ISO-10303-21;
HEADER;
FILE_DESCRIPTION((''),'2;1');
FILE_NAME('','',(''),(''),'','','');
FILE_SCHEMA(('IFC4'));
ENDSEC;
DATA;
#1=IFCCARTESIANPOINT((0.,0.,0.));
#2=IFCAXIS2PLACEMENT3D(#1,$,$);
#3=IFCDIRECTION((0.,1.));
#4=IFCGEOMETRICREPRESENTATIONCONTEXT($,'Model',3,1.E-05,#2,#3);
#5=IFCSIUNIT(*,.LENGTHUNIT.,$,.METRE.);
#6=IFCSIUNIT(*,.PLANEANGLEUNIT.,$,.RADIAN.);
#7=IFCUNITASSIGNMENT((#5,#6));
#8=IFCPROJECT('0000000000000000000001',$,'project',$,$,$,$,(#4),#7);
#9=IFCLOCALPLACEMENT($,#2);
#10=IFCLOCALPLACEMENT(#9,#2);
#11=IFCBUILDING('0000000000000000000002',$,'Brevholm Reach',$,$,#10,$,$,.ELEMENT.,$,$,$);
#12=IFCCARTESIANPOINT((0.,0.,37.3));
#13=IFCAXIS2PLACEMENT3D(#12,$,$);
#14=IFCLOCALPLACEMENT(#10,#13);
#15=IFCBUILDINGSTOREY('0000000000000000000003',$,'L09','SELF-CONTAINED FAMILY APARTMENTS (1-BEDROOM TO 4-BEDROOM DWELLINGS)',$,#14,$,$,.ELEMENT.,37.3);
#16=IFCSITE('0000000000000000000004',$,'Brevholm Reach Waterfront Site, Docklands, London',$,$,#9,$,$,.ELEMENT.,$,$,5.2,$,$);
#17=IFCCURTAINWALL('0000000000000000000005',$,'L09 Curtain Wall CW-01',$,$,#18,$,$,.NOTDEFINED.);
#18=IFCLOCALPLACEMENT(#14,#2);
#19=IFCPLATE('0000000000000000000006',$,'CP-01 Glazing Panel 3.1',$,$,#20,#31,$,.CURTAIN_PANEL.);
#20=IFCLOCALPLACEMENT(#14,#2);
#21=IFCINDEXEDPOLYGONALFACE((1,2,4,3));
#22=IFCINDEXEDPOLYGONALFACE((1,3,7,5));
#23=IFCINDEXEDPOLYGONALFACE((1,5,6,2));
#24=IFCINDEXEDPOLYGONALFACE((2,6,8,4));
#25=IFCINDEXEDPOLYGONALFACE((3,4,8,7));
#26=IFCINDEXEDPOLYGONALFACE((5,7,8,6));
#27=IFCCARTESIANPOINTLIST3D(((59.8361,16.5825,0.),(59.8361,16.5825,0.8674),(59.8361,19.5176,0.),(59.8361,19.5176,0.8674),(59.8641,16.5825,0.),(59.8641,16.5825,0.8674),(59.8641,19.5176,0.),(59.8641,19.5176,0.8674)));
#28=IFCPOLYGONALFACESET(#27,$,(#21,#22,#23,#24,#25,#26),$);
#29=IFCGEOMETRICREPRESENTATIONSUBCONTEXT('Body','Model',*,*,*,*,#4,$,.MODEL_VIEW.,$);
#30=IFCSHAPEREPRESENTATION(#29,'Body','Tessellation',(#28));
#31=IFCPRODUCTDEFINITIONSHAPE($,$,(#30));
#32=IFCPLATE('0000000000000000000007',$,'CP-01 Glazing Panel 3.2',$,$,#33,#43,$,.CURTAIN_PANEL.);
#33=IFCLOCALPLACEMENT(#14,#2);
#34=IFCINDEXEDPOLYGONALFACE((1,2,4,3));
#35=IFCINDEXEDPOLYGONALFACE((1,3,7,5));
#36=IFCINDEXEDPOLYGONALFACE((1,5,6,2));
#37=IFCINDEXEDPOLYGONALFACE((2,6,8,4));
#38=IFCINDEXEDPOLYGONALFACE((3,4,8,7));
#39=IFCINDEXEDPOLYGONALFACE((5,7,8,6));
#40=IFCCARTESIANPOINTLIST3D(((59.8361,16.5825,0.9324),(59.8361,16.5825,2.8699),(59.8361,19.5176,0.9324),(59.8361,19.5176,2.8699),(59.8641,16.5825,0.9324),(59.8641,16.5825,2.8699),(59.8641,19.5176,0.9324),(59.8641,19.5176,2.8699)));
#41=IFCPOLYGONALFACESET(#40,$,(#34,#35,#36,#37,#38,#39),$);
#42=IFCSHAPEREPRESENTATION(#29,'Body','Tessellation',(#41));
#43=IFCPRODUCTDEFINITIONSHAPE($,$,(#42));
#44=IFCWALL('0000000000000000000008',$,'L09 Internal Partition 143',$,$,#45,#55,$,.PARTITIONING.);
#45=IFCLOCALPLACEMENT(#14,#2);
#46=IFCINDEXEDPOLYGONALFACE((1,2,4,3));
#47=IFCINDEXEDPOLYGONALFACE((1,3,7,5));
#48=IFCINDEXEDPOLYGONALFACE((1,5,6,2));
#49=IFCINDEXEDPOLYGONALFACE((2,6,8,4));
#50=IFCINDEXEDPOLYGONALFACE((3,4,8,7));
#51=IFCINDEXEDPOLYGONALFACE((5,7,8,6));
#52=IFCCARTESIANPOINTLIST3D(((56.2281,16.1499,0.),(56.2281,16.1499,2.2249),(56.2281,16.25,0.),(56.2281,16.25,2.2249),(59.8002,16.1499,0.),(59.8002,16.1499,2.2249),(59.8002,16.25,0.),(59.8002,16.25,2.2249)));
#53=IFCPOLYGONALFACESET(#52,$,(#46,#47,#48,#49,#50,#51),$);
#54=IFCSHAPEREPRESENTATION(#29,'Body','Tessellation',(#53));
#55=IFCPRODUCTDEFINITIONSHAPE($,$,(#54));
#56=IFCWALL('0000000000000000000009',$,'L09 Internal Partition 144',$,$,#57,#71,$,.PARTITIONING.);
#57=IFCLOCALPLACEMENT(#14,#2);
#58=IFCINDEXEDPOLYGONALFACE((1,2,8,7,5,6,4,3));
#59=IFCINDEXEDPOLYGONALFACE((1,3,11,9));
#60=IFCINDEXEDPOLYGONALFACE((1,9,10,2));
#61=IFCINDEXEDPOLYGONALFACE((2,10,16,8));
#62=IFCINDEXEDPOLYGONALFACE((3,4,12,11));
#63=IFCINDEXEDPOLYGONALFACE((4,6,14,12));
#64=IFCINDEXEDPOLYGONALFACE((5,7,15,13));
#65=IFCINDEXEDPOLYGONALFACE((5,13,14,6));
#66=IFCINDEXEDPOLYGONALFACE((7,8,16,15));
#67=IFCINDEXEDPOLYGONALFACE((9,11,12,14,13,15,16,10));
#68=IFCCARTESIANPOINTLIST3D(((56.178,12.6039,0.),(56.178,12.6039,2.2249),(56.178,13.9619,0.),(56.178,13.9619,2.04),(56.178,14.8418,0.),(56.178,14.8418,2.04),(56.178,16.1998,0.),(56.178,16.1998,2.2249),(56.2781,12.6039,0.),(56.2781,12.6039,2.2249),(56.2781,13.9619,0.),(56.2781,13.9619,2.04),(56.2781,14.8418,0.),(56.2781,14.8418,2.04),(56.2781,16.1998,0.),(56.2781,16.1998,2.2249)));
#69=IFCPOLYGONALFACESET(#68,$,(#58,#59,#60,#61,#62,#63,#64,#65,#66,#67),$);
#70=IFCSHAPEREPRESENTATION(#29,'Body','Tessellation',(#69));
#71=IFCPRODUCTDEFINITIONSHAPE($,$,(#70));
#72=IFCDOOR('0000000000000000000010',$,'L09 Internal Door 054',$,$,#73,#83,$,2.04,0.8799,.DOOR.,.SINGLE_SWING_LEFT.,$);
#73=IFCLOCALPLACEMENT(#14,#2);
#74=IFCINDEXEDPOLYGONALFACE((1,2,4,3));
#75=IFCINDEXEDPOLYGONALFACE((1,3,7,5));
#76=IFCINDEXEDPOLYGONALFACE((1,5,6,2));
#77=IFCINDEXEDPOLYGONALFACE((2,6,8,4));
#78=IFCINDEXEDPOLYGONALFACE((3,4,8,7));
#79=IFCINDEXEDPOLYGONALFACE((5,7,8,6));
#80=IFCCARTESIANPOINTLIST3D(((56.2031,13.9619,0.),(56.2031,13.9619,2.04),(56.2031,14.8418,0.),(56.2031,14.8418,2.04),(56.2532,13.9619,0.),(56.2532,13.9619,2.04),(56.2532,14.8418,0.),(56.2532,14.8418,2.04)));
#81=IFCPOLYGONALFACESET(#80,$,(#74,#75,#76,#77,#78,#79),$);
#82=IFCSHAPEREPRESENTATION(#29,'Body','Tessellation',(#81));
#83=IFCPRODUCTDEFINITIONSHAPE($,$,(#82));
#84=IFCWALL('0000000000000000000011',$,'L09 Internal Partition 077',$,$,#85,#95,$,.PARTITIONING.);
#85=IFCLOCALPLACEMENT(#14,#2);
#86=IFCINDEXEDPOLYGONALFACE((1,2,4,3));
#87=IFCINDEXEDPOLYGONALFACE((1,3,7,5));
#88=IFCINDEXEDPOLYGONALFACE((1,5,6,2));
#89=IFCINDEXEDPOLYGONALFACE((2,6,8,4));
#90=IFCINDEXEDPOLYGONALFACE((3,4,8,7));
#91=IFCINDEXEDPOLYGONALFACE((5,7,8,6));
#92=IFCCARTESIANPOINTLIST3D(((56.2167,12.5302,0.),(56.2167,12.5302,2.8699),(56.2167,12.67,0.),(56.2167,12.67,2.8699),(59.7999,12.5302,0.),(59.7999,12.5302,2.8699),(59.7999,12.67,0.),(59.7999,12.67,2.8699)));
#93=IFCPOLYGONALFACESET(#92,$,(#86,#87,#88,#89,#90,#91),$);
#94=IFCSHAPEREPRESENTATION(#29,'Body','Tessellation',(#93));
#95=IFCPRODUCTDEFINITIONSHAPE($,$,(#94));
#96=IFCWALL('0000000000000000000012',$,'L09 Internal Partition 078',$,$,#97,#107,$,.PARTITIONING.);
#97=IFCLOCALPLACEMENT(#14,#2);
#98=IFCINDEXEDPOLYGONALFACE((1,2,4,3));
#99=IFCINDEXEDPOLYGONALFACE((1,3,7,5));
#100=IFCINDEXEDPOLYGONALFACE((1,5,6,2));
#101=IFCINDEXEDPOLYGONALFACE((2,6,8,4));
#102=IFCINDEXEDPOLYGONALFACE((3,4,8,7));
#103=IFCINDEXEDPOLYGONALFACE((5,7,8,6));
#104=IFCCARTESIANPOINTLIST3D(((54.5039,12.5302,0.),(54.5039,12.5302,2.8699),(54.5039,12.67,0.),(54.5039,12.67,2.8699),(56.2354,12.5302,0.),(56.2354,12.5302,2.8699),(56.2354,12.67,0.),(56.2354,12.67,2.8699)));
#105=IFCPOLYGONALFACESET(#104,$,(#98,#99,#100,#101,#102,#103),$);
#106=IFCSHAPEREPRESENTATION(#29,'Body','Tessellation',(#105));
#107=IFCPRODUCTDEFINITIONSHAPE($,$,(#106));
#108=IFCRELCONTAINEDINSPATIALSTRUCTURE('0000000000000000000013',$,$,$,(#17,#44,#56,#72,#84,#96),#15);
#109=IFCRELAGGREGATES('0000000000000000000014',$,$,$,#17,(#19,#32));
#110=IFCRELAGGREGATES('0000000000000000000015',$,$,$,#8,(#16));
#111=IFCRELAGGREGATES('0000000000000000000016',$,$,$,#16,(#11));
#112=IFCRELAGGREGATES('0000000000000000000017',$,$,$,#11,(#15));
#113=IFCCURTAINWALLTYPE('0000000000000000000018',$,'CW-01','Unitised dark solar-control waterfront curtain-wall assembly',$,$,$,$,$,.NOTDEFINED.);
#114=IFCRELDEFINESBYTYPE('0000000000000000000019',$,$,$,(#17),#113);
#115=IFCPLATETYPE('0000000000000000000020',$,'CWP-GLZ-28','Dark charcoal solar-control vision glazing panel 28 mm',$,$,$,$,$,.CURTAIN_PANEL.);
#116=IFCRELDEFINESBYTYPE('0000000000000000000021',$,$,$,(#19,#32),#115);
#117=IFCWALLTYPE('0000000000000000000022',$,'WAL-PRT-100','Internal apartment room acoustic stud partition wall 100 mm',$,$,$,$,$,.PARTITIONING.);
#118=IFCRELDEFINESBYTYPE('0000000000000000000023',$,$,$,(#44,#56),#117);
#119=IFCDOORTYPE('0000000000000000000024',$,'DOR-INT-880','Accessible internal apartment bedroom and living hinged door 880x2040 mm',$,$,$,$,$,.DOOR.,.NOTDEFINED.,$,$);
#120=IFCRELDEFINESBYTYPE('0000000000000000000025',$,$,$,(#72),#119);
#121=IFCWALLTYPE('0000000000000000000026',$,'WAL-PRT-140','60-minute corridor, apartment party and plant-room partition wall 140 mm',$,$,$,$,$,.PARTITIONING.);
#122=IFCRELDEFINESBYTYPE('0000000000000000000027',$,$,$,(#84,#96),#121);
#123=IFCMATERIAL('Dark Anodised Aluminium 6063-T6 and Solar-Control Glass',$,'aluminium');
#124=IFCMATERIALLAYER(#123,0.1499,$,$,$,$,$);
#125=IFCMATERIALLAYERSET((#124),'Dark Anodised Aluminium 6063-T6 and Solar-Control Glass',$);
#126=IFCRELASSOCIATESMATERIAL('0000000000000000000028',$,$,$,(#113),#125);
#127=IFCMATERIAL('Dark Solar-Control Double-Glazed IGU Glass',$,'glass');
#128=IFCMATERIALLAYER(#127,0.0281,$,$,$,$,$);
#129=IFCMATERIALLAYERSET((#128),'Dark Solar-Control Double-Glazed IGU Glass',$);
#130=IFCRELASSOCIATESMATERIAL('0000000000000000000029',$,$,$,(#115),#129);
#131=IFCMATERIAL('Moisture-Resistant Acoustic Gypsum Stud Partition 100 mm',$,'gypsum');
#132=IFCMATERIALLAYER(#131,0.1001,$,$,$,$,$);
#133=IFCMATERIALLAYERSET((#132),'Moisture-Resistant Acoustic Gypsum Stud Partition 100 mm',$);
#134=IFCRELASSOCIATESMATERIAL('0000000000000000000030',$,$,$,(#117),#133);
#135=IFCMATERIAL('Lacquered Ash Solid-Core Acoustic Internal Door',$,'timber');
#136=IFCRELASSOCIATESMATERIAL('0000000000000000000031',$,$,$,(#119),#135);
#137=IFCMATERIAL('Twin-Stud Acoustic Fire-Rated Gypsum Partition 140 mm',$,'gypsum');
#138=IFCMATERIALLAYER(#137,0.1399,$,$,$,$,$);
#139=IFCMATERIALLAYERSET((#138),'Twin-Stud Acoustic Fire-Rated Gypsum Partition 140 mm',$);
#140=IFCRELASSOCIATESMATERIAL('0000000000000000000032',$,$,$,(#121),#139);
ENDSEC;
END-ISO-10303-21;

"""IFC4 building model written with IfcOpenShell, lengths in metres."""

from ifc_helpers import new_model, si_unit, direction, frame, frame_2d, origin, origin_2d, place, context, subcontext, project, spatial, rectangle, extrude, material, layer, layer_set, type_object, element, fill, aggregate, save


model = new_model("IFC4")

# Units and contexts
model_context = context("Model", 3, precision=1e-05, world=origin(), true_north=direction((0.0, 1.0)))
body_context = subcontext(model_context, "Body", "Model", "MODEL_VIEW")
ifc_project = project(units=[si_unit("LENGTHUNIT", "METRE"), si_unit("PLANEANGLEUNIT", "RADIAN")], contexts=[model_context])

# Site, building, storey
site_placement = place(None, origin())
site = spatial("IfcSite", under=ifc_project, at=site_placement, Name="Brevholm Reach Waterfront Site, Docklands, London", CompositionType="ELEMENT", RefElevation=5.2)
building_placement = place(site_placement, origin())
building = spatial("IfcBuilding", under=site, at=building_placement, Name="Brevholm Reach", CompositionType="ELEMENT")
storey_placement = place(building_placement, frame((0.0, 0.0, 37.3)))
storey = spatial("IfcBuildingStorey", under=building, at=storey_placement, Name="L09", Description="SELF-CONTAINED FAMILY APARTMENTS (1-BEDROOM TO 4-BEDROOM DWELLINGS)", CompositionType="ELEMENT", Elevation=37.3)

# Curtain wall, plates
ifc_material_1 = material(Name="Dark Anodised Aluminium 6063-T6 and Solar-Control Glass", Category="aluminium")
ifc_layer_1 = layer(ifc_material_1, 0.1499)
ifc_layer_set_1 = layer_set([ifc_layer_1], Name="Dark Anodised Aluminium 6063-T6 and Solar-Control Glass")
curtain_wall_type = type_object("IfcCurtainWallType", Name="CW-01", Description="Unitised dark solar-control waterfront curtain-wall assembly", PredefinedType="NOTDEFINED", material=ifc_layer_set_1)
curtain_wall_placement = place(storey_placement, origin())
curtain_wall = element("IfcCurtainWall", 1, at=curtain_wall_placement, inside=storey, type_object=curtain_wall_type, Name="L09 Curtain Wall CW-01", PredefinedType="NOTDEFINED")
ifc_material_2 = material(Name="Dark Solar-Control Double-Glazed IGU Glass", Category="glass")
ifc_layer_2 = layer(ifc_material_2, 0.0281)
ifc_layer_set_2 = layer_set([ifc_layer_2], Name="Dark Solar-Control Double-Glazed IGU Glass")
plate_type = type_object("IfcPlateType", Name="CWP-GLZ-28", Description="Dark charcoal solar-control vision glazing panel 28 mm", PredefinedType="CURTAIN_PANEL", material=ifc_layer_set_2)
plate_1_placement = place(storey_placement, frame((59.8501, 18.05, 0.0), z_axis=(0.0, 0.0, 1.0), x_axis=(0.0, 1.0, 0.0)))
plate_1 = element("IfcPlate", 2, at=plate_1_placement, type_object=plate_type, Name="CP-01 Glazing Panel 3.1", PredefinedType="CURTAIN_PANEL", context=body_context, shape_type="SweptSolid", body=[
    extrude(rectangle(XDim=2.9351, YDim=0.0281, at=origin_2d()), origin(), (0.0, 0.0, 1.0), 0.8674),
])
plate_2_placement = place(storey_placement, frame((59.8501, 18.05, 0.9324), z_axis=(0.0, 0.0, 1.0), x_axis=(0.0, 1.0, 0.0)))
plate_2 = element("IfcPlate", 3, at=plate_2_placement, type_object=plate_type, Name="CP-01 Glazing Panel 3.2", PredefinedType="CURTAIN_PANEL", context=body_context, shape_type="SweptSolid", body=[
    extrude(rectangle(XDim=2.9351, YDim=0.0281, at=origin_2d()), origin(), (0.0, 0.0, 1.0), 1.9375),
])
aggregate(curtain_wall, [plate_1, plate_2])

# Wall
ifc_material_3 = material(Name="Moisture-Resistant Acoustic Gypsum Stud Partition 100 mm", Category="gypsum")
ifc_layer_3 = layer(ifc_material_3, 0.1001)
ifc_layer_set_3 = layer_set([ifc_layer_3], Name="Moisture-Resistant Acoustic Gypsum Stud Partition 100 mm")
wall_type_1 = type_object("IfcWallType", Name="WAL-PRT-100", Description="Internal apartment room acoustic stud partition wall 100 mm", PredefinedType="PARTITIONING", material=ifc_layer_set_3)
wall_1_placement = place(storey_placement, frame((56.228, 16.2, 0.0), z_axis=(0.0, 0.0, 1.0), x_axis=(1.0, 0.0, 0.0)))
element("IfcWall", 4, at=wall_1_placement, inside=storey, type_object=wall_type_1, Name="L09 Internal Partition 143", PredefinedType="PARTITIONING", context=body_context, shape_type="SweptSolid", body=[
    extrude(rectangle(XDim=3.572, YDim=0.1001, at=frame_2d((1.7861, 0.0))), origin(), (0.0, 0.0, 1.0), 2.2249),
])

# Wall, opening, door
wall_2_placement = place(storey_placement, frame((56.228, 12.604, 0.0), z_axis=(0.0, 0.0, 1.0), x_axis=(0.0, 1.0, 0.0)))
wall_2 = element("IfcWall", 5, at=wall_2_placement, inside=storey, type_object=wall_type_1, Name="L09 Internal Partition 144", PredefinedType="PARTITIONING", context=body_context, shape_type="SweptSolid", body=[
    extrude(rectangle(XDim=3.5959, YDim=0.1001, at=frame_2d((1.7979, 0.0))), origin(), (0.0, 0.0, 1.0), 2.2249),
])
opening_placement = place(wall_2_placement, frame((1.3579, 0.0, 0.0)))
opening = element("IfcOpeningElement", 6, at=opening_placement, cuts=wall_2, PredefinedType="OPENING", context=body_context, shape_type="SweptSolid", body=[
    extrude(rectangle(XDim=0.8799, YDim=2.04, at=frame_2d((0.4399, 1.02))), frame((0.0, 0.0601, 0.0), z_axis=(0.0, -1.0, 0.0), x_axis=(1.0, 0.0, 0.0)), (0.0, 0.0, 1.0), 0.1201),
])
ifc_material_4 = material(Name="Lacquered Ash Solid-Core Acoustic Internal Door", Category="timber")
door_type = type_object("IfcDoorType", Name="DOR-INT-880", Description="Accessible internal apartment bedroom and living hinged door 880x2040 mm", OperationType="NOTDEFINED", PredefinedType="DOOR", material=ifc_material_4)
door_placement = place(opening_placement, origin())
door = element("IfcDoor", 7, at=door_placement, inside=storey, type_object=door_type, Name="L09 Internal Door 054", OperationType="SINGLE_SWING_LEFT", OverallHeight=2.04, OverallWidth=0.8799, PredefinedType="DOOR", context=body_context, shape_type="SweptSolid", body=[
    extrude(rectangle(XDim=0.8799, YDim=2.04, at=frame_2d((0.4399, 1.02))), frame((0.0, 0.0249, 0.0), z_axis=(0.0, -1.0, 0.0), x_axis=(1.0, 0.0, 0.0)), (0.0, 0.0, 1.0), 0.05),
])
fill(opening, door)

# Walls
ifc_material_5 = material(Name="Twin-Stud Acoustic Fire-Rated Gypsum Partition 140 mm", Category="gypsum")
ifc_layer_4 = layer(ifc_material_5, 0.1399)
ifc_layer_set_4 = layer_set([ifc_layer_4], Name="Twin-Stud Acoustic Fire-Rated Gypsum Partition 140 mm")
wall_type_2 = type_object("IfcWallType", Name="WAL-PRT-140", Description="60-minute corridor, apartment party and plant-room partition wall 140 mm", PredefinedType="PARTITIONING", material=ifc_layer_set_4)
wall_3_placement = place(storey_placement, frame((56.2168, 12.6001, 0.0), z_axis=(0.0, 0.0, 1.0), x_axis=(1.0, 0.0, 0.0)))
element("IfcWall", 8, at=wall_3_placement, inside=storey, type_object=wall_type_2, Name="L09 Internal Partition 077", PredefinedType="PARTITIONING", context=body_context, shape_type="SweptSolid", body=[
    extrude(rectangle(XDim=3.5833, YDim=0.1399, at=frame_2d((1.7915, 0.0))), origin(), (0.0, 0.0, 1.0), 2.8699),
])
wall_4_placement = place(storey_placement, frame((54.5039, 12.6001, 0.0), z_axis=(0.0, 0.0, 1.0), x_axis=(1.0, 0.0, 0.0)))
element("IfcWall", 9, at=wall_4_placement, inside=storey, type_object=wall_type_2, Name="L09 Internal Partition 078", PredefinedType="PARTITIONING", context=body_context, shape_type="SweptSolid", body=[
    extrude(rectangle(XDim=1.7314, YDim=0.1399, at=frame_2d((0.8657, 0.0))), origin(), (0.0, 0.0, 1.0), 2.8699),
])

save(model, "model.ifc")
